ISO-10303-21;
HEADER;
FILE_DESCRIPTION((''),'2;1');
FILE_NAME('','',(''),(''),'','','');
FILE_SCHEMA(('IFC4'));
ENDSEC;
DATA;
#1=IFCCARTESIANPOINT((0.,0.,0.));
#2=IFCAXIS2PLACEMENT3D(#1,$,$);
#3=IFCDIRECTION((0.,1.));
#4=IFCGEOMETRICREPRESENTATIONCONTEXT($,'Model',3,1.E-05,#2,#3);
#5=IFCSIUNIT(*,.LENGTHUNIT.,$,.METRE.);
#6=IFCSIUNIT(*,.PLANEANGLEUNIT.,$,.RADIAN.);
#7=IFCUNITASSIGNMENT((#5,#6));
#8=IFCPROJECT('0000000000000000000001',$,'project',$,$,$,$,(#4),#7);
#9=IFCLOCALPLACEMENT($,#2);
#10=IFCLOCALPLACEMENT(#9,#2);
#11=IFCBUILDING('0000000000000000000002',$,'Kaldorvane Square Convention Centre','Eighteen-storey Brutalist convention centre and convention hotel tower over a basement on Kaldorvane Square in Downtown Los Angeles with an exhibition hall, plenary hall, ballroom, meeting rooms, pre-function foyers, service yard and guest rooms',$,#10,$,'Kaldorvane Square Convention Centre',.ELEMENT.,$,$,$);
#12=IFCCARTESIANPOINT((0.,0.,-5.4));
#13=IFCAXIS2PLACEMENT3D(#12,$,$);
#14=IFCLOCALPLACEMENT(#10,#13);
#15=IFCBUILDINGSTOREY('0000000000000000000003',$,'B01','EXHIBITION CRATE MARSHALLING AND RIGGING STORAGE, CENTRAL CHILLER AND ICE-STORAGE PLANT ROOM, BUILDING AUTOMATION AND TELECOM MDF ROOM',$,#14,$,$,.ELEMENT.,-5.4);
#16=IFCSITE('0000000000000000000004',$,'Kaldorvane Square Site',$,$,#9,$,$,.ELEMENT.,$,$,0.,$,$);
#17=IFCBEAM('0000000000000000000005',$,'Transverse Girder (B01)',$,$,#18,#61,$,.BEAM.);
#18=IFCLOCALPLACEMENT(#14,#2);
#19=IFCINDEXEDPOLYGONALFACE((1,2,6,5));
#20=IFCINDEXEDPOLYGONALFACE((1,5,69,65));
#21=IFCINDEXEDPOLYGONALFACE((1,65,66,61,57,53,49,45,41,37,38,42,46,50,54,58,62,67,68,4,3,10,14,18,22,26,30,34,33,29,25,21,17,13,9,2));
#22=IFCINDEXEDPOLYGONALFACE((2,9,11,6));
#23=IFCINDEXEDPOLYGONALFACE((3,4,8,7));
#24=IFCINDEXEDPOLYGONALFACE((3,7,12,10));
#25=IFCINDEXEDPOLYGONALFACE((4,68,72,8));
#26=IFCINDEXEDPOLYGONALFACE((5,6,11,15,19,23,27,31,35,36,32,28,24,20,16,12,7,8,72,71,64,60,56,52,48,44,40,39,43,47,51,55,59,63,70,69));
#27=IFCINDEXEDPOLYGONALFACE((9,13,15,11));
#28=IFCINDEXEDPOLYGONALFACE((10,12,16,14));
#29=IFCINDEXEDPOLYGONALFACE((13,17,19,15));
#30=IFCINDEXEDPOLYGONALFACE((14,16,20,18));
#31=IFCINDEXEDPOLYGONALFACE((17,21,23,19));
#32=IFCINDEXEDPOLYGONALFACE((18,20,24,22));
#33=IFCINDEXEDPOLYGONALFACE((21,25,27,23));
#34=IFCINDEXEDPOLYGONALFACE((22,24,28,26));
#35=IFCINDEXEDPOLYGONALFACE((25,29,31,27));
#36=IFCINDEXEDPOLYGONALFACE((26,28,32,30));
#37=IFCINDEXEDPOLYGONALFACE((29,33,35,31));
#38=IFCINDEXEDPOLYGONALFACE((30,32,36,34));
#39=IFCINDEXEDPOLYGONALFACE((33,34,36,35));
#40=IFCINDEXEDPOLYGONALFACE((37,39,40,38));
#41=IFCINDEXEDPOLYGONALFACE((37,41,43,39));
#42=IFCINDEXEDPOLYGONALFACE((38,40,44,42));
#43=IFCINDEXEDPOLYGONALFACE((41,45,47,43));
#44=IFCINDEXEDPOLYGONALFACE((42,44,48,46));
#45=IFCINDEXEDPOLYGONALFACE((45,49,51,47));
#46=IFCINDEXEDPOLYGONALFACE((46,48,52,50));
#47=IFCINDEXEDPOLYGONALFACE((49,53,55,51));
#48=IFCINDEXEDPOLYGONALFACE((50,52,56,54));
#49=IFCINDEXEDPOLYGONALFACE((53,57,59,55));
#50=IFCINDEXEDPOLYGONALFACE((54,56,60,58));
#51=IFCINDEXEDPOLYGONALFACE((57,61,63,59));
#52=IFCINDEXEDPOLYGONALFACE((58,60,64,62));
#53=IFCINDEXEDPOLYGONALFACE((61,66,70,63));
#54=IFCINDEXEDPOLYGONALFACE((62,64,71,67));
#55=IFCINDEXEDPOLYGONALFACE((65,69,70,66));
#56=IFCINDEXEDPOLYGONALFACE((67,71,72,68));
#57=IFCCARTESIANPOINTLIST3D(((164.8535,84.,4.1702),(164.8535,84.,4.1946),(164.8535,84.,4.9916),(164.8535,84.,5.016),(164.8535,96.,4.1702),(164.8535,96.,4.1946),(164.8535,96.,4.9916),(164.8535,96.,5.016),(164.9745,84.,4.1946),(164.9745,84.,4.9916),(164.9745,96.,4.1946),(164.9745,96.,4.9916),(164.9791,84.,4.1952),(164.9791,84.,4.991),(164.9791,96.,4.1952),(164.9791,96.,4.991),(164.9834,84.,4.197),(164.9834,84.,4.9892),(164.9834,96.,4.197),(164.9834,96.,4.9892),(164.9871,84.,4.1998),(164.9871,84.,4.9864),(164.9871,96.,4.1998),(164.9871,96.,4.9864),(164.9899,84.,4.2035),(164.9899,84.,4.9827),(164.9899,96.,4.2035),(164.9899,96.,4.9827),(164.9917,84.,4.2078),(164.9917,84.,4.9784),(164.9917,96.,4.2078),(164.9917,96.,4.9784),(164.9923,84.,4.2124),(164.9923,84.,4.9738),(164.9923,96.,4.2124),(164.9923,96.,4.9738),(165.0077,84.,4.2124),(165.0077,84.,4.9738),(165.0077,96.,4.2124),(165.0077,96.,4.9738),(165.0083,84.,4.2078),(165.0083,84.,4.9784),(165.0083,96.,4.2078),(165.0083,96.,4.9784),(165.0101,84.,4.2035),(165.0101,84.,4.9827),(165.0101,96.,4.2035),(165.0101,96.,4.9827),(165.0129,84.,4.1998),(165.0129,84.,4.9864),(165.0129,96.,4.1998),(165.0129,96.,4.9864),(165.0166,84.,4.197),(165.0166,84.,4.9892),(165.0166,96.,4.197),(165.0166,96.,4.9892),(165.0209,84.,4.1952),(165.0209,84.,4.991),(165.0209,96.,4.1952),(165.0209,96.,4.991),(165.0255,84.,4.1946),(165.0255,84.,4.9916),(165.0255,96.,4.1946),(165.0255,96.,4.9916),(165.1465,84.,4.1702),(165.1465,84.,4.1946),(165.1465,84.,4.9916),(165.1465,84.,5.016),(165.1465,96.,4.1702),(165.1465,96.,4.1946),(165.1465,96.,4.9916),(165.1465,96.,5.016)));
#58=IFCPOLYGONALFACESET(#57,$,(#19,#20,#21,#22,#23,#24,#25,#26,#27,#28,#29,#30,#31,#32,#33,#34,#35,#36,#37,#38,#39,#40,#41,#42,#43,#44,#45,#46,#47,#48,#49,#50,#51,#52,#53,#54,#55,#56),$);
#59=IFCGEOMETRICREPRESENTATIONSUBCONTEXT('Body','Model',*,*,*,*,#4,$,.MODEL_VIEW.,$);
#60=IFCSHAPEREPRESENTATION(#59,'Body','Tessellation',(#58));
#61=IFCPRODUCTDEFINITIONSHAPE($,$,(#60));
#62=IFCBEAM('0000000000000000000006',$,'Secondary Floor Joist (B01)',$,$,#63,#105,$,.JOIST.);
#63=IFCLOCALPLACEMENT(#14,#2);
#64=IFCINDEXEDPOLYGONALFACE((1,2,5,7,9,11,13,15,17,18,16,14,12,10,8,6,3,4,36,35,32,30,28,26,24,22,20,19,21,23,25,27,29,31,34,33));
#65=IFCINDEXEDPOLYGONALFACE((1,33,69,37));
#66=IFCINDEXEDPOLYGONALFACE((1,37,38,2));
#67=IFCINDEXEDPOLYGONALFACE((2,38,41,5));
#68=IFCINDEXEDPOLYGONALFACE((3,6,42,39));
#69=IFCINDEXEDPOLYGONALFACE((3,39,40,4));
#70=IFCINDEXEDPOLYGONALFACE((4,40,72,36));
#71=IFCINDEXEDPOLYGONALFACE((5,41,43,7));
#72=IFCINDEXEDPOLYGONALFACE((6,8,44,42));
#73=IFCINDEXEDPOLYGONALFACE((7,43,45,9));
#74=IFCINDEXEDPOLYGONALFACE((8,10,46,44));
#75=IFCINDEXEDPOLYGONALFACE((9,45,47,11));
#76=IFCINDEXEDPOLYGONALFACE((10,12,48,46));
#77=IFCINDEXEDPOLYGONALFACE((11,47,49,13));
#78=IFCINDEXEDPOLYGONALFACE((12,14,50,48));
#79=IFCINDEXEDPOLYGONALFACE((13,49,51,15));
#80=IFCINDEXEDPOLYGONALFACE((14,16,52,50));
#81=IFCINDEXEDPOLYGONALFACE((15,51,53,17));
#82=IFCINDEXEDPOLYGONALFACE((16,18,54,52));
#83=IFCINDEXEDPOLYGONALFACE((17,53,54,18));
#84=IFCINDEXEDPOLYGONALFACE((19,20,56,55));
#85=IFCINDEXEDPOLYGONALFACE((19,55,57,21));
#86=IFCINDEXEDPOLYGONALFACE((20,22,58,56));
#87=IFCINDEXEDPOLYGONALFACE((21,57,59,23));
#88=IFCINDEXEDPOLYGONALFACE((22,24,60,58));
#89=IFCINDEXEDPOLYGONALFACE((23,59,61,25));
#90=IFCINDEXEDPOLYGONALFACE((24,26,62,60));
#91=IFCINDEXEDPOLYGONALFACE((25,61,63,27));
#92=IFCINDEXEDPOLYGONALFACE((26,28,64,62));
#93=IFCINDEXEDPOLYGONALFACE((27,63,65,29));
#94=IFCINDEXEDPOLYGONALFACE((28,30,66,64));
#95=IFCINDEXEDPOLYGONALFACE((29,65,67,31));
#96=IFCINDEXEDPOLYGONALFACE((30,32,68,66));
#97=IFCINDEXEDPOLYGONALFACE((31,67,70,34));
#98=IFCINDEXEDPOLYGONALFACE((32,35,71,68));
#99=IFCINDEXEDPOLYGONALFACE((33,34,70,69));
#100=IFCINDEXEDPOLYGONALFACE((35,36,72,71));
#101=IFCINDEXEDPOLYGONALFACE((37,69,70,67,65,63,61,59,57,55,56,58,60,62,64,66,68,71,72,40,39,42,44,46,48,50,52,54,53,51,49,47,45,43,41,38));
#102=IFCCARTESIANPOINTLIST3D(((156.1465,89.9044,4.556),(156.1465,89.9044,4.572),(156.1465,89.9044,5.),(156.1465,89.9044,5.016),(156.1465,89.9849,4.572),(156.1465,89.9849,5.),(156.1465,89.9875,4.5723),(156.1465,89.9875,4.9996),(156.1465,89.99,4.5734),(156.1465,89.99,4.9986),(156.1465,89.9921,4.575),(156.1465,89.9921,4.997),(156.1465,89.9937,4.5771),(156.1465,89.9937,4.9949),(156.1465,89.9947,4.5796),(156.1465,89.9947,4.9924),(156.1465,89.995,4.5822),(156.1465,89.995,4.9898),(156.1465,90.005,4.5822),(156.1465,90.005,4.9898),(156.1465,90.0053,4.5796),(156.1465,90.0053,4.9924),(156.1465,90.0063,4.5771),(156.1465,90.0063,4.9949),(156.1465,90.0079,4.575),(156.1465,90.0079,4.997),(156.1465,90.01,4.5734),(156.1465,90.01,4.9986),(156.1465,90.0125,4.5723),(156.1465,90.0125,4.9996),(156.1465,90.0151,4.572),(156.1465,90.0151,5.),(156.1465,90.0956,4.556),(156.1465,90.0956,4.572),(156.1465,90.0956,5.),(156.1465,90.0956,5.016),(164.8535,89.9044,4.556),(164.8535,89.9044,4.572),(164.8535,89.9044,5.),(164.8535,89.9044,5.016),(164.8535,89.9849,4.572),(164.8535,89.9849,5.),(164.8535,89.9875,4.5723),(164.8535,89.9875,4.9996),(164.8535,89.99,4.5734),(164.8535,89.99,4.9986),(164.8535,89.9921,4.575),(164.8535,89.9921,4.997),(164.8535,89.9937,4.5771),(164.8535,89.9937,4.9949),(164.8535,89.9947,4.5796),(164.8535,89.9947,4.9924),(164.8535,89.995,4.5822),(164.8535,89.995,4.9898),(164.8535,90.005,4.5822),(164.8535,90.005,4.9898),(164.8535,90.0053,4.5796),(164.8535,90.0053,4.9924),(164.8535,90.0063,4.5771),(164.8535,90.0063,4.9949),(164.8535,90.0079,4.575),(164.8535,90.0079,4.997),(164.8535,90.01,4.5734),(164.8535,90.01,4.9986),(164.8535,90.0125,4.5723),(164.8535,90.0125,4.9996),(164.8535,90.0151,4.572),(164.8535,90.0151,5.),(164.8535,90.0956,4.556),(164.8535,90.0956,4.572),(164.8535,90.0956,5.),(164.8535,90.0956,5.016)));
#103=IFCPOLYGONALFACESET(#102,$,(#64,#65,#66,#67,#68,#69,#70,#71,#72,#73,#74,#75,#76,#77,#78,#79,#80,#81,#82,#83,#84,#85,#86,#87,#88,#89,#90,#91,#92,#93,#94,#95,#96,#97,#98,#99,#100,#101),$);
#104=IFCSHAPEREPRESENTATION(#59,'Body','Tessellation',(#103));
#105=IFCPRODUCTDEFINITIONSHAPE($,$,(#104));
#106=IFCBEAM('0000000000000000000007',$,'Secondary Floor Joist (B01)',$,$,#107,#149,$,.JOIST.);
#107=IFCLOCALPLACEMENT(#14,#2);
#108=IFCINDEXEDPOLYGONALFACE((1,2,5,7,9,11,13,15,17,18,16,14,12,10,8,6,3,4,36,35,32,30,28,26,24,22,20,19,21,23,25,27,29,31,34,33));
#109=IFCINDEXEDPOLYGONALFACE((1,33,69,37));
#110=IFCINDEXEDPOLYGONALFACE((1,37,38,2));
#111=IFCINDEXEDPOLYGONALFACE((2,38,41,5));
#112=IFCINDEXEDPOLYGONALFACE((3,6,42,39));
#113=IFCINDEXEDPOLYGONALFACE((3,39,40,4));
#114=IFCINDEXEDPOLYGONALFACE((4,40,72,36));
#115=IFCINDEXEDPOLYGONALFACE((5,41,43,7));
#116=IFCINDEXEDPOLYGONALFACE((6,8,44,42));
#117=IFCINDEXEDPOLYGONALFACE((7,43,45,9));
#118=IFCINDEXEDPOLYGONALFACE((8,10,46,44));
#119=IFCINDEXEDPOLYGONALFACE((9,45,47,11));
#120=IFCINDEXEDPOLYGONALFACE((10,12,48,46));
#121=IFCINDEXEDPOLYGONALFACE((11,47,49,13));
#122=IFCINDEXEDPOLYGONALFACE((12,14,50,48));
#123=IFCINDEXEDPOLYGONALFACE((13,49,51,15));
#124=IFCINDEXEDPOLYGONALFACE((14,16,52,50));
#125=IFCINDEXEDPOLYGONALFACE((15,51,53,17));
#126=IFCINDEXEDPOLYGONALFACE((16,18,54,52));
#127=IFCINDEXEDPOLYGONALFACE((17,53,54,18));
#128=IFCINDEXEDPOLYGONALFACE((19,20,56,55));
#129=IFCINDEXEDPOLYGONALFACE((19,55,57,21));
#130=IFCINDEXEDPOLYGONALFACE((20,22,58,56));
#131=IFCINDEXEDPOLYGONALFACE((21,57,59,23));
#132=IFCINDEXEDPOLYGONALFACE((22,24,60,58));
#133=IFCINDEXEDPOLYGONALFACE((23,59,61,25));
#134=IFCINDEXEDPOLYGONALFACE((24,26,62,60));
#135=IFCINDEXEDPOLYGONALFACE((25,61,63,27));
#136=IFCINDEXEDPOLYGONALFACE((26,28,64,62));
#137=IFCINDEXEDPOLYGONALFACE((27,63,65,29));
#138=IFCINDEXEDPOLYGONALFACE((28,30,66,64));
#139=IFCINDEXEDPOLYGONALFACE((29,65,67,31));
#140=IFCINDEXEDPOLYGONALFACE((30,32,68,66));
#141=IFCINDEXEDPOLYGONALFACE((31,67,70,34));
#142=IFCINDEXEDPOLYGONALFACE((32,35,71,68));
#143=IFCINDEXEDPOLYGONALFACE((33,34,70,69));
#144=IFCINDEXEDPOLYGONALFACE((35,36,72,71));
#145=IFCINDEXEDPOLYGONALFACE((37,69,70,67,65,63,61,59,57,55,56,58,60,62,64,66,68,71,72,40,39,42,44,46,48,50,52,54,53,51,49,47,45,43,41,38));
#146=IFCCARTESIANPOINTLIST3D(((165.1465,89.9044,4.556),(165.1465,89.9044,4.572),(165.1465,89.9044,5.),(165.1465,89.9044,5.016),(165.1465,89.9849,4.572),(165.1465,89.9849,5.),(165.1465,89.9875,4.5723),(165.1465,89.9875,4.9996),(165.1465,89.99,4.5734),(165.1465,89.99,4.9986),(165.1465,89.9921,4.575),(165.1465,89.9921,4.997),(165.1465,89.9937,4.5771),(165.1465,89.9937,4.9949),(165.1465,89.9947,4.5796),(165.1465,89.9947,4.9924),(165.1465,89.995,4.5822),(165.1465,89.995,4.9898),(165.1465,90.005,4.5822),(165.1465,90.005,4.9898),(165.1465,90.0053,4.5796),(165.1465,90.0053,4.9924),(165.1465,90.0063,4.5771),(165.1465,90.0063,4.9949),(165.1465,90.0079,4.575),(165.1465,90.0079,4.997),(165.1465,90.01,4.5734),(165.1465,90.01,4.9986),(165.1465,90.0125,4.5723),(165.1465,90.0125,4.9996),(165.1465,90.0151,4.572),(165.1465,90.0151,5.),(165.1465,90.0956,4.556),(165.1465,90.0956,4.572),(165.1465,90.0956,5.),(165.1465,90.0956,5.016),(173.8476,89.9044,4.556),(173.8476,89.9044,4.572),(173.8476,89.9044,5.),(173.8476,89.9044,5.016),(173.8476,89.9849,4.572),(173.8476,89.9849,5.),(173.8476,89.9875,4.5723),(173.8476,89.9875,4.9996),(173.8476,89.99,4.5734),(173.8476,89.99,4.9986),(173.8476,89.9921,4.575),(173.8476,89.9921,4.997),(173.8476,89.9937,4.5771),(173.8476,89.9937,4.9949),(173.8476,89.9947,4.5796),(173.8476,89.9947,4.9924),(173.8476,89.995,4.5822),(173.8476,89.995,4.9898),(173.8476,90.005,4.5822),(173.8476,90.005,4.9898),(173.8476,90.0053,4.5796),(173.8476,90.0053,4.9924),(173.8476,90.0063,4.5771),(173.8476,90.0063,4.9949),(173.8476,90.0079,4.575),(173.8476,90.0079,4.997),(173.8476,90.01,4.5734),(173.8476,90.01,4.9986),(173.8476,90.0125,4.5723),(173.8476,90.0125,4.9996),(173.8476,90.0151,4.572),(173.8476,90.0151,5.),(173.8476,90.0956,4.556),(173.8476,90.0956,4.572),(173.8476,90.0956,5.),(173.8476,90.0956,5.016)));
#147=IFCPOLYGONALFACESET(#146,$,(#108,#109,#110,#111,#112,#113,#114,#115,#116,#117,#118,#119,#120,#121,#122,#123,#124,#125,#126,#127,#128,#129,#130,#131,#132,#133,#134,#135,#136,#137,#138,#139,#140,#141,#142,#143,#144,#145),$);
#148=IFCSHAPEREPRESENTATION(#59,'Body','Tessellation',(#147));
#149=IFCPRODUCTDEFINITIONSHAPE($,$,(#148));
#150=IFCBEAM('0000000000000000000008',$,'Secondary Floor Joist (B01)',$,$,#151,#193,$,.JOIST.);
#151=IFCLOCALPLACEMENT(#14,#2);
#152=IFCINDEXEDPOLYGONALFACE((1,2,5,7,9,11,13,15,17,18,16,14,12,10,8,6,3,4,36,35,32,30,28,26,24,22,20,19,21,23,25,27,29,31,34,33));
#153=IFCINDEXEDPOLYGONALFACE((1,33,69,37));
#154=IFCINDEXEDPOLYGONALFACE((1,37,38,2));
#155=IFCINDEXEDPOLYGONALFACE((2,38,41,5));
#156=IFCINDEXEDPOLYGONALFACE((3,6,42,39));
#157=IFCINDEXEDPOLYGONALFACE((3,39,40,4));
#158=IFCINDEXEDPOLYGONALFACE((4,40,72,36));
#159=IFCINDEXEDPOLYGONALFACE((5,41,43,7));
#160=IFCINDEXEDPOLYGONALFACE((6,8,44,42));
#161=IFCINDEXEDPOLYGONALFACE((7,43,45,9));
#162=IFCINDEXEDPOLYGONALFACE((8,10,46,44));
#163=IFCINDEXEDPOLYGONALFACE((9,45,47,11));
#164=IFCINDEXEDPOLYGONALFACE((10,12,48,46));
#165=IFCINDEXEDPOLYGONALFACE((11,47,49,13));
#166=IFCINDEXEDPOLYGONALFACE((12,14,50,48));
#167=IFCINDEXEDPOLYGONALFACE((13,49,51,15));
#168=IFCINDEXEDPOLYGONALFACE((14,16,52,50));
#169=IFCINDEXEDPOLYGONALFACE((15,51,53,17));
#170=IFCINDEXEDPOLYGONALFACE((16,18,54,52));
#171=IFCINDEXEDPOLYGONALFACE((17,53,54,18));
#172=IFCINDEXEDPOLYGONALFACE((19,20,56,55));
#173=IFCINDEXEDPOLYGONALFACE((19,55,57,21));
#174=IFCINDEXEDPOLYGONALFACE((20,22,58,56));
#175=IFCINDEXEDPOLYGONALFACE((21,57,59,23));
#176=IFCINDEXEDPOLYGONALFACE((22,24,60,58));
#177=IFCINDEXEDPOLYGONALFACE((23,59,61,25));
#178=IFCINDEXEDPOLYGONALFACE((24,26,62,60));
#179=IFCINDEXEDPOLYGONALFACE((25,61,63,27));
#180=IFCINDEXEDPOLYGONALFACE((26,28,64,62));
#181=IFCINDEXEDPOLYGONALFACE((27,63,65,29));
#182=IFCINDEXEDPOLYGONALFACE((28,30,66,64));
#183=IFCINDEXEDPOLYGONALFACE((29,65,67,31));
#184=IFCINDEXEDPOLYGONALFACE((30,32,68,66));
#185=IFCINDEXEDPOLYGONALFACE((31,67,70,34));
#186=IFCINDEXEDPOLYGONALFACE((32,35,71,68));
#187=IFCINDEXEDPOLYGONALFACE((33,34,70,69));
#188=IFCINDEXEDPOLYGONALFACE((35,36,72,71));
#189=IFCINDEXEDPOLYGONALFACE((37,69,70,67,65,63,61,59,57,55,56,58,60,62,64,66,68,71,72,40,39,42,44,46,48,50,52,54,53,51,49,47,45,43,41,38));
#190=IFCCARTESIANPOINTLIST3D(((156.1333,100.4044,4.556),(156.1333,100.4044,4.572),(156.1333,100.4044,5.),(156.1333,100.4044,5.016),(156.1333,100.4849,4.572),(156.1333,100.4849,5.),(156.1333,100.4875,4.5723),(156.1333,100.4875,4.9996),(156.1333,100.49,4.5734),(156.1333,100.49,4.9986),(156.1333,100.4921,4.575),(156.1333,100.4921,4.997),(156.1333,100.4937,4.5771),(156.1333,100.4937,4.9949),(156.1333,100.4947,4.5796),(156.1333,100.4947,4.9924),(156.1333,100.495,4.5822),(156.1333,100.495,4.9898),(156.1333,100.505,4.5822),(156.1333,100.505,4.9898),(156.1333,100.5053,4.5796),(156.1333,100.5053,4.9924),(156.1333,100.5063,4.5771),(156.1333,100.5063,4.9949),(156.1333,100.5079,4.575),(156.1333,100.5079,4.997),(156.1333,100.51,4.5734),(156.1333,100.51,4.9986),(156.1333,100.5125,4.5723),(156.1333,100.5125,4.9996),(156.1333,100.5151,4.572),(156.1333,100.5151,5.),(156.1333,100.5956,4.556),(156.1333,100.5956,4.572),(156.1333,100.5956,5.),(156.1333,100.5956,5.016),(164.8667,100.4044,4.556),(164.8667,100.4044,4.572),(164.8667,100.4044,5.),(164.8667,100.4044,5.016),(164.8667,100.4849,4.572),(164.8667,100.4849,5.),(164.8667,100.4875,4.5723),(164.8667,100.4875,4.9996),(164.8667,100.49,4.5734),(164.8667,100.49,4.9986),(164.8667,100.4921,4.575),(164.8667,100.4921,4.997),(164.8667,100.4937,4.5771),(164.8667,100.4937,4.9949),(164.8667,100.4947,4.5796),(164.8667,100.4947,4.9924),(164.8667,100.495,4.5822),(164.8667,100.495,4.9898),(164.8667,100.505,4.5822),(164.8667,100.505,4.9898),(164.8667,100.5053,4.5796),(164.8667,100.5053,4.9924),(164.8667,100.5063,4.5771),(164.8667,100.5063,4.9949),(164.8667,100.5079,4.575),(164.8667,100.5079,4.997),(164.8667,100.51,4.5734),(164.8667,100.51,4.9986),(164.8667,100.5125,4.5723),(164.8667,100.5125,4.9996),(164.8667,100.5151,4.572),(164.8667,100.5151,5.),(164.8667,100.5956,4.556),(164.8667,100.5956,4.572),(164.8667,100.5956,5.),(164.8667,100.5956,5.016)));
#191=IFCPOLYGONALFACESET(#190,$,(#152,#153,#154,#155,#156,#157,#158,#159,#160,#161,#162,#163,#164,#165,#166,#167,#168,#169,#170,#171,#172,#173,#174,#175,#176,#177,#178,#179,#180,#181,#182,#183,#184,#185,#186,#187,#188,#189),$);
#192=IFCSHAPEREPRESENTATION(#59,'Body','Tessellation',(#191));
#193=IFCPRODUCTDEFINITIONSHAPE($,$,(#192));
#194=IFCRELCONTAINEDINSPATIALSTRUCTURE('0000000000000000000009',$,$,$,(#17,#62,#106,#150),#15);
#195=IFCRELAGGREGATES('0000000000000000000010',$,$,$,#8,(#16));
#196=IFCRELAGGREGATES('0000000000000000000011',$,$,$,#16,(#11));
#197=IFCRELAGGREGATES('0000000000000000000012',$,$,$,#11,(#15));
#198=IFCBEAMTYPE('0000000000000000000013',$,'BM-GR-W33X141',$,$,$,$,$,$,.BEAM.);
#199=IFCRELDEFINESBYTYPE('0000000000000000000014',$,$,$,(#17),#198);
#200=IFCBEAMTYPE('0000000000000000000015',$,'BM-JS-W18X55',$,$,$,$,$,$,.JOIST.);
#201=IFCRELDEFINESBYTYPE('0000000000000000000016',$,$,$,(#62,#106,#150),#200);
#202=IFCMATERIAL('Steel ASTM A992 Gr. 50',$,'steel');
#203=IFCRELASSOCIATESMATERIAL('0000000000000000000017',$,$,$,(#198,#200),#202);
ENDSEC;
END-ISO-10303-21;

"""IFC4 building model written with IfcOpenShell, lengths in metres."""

from ifc_helpers import new_model, si_unit, direction, frame, origin, origin_2d, place, context, subcontext, project, spatial, i_section, extrude, material, material_profile, profile_set, type_object, element, save


model = new_model("IFC4")

# Units and contexts
model_context = context("Model", 3, precision=1e-05, world=origin(), true_north=direction((0.0, 1.0)))
body_context = subcontext(model_context, "Body", "Model", "MODEL_VIEW")
ifc_project = project(units=[si_unit("LENGTHUNIT", "METRE"), si_unit("PLANEANGLEUNIT", "RADIAN")], contexts=[model_context])

# Site, building, storey
site_placement = place(None, origin())
site = spatial("IfcSite", under=ifc_project, at=site_placement, Name="Kaldorvane Square Site", CompositionType="ELEMENT", RefElevation=0.0)
building_placement = place(site_placement, origin())
building = spatial("IfcBuilding", under=site, at=building_placement, Name="Kaldorvane Square Convention Centre", Description="Eighteen-storey Brutalist convention centre and convention hotel tower over a basement on Kaldorvane Square in Downtown Los Angeles with an exhibition hall, plenary hall, ballroom, meeting rooms, pre-function foyers, service yard and guest rooms", LongName="Kaldorvane Square Convention Centre", CompositionType="ELEMENT")
storey_placement = place(building_placement, frame((0.0, 0.0, -5.4)))
storey = spatial("IfcBuildingStorey", under=building, at=storey_placement, Name="B01", Description="EXHIBITION CRATE MARSHALLING AND RIGGING STORAGE, CENTRAL CHILLER AND ICE-STORAGE PLANT ROOM, BUILDING AUTOMATION AND TELECOM MDF ROOM", CompositionType="ELEMENT", Elevation=-5.4)

# Shared definitions
ifc_material_1 = material(Name="Steel ASTM A992 Gr. 50", Category="steel")

# Beams
ifc_material_profile_1 = material_profile(ifc_material_1, i_section(OverallWidth=0.293, OverallDepth=0.8458, WebThickness=0.0154, FlangeThickness=0.0244, FilletRadius=0.0178, at=origin_2d()), Name="W33X141")
ifc_profile_set_1 = profile_set([ifc_material_profile_1], Name="Steel ASTM A992 Gr. 50")
beam_type_1 = type_object("IfcBeamType", Name="BM-GR-W33X141", PredefinedType="BEAM", material=ifc_profile_set_1)
beam_1_placement = place(storey_placement, frame((165.0, 84.0, 4.5931), z_axis=(0.0, 1.0, 0.0), x_axis=(-1.0, 0.0, 0.0)))
element("IfcBeam", 1, at=beam_1_placement, inside=storey, type_object=beam_type_1, Name="Transverse Girder (B01)", PredefinedType="BEAM", context=body_context, shape_type="SweptSolid", body=[
    extrude(i_section(OverallWidth=0.293, OverallDepth=0.8458, WebThickness=0.0154, FlangeThickness=0.0244, FilletRadius=0.0178, at=origin_2d()), origin(), (0.0, 0.0, 1.0), 12.0),
])
ifc_material_profile_2 = material_profile(ifc_material_1, i_section(OverallWidth=0.1913, OverallDepth=0.46, WebThickness=0.0099, FlangeThickness=0.016, FilletRadius=0.0102, at=origin_2d()), Name="W18X55")
ifc_profile_set_2 = profile_set([ifc_material_profile_2], Name="Steel ASTM A992 Gr. 50")
beam_type_2 = type_object("IfcBeamType", Name="BM-JS-W18X55", PredefinedType="JOIST", material=ifc_profile_set_2)
beam_2_placement = place(storey_placement, frame((156.1465, 90.0, 4.786), z_axis=(1.0, 0.0, 0.0), x_axis=(0.0, 1.0, 0.0)))
element("IfcBeam", 2, at=beam_2_placement, inside=storey, type_object=beam_type_2, Name="Secondary Floor Joist (B01)", PredefinedType="JOIST", context=body_context, shape_type="SweptSolid", body=[
    extrude(i_section(OverallWidth=0.1913, OverallDepth=0.46, WebThickness=0.0099, FlangeThickness=0.016, FilletRadius=0.0102, at=origin_2d()), origin(), (0.0, 0.0, 1.0), 8.707),
])
beam_3_placement = place(storey_placement, frame((165.1465, 90.0, 4.786), z_axis=(1.0, 0.0, 0.0), x_axis=(0.0, 1.0, 0.0)))
element("IfcBeam", 3, at=beam_3_placement, inside=storey, type_object=beam_type_2, Name="Secondary Floor Joist (B01)", PredefinedType="JOIST", context=body_context, shape_type="SweptSolid", body=[
    extrude(i_section(OverallWidth=0.1913, OverallDepth=0.46, WebThickness=0.0099, FlangeThickness=0.016, FilletRadius=0.0102, at=origin_2d()), origin(), (0.0, 0.0, 1.0), 8.7011),
])
beam_4_placement = place(storey_placement, frame((156.1333, 100.5, 4.786), z_axis=(1.0, 0.0, 0.0), x_axis=(0.0, 1.0, 0.0)))
element("IfcBeam", 4, at=beam_4_placement, inside=storey, type_object=beam_type_2, Name="Secondary Floor Joist (B01)", PredefinedType="JOIST", context=body_context, shape_type="SweptSolid", body=[
    extrude(i_section(OverallWidth=0.1913, OverallDepth=0.46, WebThickness=0.0099, FlangeThickness=0.016, FilletRadius=0.0102, at=origin_2d()), origin(), (0.0, 0.0, 1.0), 8.7334),
])

save(model, "model.ifc")
